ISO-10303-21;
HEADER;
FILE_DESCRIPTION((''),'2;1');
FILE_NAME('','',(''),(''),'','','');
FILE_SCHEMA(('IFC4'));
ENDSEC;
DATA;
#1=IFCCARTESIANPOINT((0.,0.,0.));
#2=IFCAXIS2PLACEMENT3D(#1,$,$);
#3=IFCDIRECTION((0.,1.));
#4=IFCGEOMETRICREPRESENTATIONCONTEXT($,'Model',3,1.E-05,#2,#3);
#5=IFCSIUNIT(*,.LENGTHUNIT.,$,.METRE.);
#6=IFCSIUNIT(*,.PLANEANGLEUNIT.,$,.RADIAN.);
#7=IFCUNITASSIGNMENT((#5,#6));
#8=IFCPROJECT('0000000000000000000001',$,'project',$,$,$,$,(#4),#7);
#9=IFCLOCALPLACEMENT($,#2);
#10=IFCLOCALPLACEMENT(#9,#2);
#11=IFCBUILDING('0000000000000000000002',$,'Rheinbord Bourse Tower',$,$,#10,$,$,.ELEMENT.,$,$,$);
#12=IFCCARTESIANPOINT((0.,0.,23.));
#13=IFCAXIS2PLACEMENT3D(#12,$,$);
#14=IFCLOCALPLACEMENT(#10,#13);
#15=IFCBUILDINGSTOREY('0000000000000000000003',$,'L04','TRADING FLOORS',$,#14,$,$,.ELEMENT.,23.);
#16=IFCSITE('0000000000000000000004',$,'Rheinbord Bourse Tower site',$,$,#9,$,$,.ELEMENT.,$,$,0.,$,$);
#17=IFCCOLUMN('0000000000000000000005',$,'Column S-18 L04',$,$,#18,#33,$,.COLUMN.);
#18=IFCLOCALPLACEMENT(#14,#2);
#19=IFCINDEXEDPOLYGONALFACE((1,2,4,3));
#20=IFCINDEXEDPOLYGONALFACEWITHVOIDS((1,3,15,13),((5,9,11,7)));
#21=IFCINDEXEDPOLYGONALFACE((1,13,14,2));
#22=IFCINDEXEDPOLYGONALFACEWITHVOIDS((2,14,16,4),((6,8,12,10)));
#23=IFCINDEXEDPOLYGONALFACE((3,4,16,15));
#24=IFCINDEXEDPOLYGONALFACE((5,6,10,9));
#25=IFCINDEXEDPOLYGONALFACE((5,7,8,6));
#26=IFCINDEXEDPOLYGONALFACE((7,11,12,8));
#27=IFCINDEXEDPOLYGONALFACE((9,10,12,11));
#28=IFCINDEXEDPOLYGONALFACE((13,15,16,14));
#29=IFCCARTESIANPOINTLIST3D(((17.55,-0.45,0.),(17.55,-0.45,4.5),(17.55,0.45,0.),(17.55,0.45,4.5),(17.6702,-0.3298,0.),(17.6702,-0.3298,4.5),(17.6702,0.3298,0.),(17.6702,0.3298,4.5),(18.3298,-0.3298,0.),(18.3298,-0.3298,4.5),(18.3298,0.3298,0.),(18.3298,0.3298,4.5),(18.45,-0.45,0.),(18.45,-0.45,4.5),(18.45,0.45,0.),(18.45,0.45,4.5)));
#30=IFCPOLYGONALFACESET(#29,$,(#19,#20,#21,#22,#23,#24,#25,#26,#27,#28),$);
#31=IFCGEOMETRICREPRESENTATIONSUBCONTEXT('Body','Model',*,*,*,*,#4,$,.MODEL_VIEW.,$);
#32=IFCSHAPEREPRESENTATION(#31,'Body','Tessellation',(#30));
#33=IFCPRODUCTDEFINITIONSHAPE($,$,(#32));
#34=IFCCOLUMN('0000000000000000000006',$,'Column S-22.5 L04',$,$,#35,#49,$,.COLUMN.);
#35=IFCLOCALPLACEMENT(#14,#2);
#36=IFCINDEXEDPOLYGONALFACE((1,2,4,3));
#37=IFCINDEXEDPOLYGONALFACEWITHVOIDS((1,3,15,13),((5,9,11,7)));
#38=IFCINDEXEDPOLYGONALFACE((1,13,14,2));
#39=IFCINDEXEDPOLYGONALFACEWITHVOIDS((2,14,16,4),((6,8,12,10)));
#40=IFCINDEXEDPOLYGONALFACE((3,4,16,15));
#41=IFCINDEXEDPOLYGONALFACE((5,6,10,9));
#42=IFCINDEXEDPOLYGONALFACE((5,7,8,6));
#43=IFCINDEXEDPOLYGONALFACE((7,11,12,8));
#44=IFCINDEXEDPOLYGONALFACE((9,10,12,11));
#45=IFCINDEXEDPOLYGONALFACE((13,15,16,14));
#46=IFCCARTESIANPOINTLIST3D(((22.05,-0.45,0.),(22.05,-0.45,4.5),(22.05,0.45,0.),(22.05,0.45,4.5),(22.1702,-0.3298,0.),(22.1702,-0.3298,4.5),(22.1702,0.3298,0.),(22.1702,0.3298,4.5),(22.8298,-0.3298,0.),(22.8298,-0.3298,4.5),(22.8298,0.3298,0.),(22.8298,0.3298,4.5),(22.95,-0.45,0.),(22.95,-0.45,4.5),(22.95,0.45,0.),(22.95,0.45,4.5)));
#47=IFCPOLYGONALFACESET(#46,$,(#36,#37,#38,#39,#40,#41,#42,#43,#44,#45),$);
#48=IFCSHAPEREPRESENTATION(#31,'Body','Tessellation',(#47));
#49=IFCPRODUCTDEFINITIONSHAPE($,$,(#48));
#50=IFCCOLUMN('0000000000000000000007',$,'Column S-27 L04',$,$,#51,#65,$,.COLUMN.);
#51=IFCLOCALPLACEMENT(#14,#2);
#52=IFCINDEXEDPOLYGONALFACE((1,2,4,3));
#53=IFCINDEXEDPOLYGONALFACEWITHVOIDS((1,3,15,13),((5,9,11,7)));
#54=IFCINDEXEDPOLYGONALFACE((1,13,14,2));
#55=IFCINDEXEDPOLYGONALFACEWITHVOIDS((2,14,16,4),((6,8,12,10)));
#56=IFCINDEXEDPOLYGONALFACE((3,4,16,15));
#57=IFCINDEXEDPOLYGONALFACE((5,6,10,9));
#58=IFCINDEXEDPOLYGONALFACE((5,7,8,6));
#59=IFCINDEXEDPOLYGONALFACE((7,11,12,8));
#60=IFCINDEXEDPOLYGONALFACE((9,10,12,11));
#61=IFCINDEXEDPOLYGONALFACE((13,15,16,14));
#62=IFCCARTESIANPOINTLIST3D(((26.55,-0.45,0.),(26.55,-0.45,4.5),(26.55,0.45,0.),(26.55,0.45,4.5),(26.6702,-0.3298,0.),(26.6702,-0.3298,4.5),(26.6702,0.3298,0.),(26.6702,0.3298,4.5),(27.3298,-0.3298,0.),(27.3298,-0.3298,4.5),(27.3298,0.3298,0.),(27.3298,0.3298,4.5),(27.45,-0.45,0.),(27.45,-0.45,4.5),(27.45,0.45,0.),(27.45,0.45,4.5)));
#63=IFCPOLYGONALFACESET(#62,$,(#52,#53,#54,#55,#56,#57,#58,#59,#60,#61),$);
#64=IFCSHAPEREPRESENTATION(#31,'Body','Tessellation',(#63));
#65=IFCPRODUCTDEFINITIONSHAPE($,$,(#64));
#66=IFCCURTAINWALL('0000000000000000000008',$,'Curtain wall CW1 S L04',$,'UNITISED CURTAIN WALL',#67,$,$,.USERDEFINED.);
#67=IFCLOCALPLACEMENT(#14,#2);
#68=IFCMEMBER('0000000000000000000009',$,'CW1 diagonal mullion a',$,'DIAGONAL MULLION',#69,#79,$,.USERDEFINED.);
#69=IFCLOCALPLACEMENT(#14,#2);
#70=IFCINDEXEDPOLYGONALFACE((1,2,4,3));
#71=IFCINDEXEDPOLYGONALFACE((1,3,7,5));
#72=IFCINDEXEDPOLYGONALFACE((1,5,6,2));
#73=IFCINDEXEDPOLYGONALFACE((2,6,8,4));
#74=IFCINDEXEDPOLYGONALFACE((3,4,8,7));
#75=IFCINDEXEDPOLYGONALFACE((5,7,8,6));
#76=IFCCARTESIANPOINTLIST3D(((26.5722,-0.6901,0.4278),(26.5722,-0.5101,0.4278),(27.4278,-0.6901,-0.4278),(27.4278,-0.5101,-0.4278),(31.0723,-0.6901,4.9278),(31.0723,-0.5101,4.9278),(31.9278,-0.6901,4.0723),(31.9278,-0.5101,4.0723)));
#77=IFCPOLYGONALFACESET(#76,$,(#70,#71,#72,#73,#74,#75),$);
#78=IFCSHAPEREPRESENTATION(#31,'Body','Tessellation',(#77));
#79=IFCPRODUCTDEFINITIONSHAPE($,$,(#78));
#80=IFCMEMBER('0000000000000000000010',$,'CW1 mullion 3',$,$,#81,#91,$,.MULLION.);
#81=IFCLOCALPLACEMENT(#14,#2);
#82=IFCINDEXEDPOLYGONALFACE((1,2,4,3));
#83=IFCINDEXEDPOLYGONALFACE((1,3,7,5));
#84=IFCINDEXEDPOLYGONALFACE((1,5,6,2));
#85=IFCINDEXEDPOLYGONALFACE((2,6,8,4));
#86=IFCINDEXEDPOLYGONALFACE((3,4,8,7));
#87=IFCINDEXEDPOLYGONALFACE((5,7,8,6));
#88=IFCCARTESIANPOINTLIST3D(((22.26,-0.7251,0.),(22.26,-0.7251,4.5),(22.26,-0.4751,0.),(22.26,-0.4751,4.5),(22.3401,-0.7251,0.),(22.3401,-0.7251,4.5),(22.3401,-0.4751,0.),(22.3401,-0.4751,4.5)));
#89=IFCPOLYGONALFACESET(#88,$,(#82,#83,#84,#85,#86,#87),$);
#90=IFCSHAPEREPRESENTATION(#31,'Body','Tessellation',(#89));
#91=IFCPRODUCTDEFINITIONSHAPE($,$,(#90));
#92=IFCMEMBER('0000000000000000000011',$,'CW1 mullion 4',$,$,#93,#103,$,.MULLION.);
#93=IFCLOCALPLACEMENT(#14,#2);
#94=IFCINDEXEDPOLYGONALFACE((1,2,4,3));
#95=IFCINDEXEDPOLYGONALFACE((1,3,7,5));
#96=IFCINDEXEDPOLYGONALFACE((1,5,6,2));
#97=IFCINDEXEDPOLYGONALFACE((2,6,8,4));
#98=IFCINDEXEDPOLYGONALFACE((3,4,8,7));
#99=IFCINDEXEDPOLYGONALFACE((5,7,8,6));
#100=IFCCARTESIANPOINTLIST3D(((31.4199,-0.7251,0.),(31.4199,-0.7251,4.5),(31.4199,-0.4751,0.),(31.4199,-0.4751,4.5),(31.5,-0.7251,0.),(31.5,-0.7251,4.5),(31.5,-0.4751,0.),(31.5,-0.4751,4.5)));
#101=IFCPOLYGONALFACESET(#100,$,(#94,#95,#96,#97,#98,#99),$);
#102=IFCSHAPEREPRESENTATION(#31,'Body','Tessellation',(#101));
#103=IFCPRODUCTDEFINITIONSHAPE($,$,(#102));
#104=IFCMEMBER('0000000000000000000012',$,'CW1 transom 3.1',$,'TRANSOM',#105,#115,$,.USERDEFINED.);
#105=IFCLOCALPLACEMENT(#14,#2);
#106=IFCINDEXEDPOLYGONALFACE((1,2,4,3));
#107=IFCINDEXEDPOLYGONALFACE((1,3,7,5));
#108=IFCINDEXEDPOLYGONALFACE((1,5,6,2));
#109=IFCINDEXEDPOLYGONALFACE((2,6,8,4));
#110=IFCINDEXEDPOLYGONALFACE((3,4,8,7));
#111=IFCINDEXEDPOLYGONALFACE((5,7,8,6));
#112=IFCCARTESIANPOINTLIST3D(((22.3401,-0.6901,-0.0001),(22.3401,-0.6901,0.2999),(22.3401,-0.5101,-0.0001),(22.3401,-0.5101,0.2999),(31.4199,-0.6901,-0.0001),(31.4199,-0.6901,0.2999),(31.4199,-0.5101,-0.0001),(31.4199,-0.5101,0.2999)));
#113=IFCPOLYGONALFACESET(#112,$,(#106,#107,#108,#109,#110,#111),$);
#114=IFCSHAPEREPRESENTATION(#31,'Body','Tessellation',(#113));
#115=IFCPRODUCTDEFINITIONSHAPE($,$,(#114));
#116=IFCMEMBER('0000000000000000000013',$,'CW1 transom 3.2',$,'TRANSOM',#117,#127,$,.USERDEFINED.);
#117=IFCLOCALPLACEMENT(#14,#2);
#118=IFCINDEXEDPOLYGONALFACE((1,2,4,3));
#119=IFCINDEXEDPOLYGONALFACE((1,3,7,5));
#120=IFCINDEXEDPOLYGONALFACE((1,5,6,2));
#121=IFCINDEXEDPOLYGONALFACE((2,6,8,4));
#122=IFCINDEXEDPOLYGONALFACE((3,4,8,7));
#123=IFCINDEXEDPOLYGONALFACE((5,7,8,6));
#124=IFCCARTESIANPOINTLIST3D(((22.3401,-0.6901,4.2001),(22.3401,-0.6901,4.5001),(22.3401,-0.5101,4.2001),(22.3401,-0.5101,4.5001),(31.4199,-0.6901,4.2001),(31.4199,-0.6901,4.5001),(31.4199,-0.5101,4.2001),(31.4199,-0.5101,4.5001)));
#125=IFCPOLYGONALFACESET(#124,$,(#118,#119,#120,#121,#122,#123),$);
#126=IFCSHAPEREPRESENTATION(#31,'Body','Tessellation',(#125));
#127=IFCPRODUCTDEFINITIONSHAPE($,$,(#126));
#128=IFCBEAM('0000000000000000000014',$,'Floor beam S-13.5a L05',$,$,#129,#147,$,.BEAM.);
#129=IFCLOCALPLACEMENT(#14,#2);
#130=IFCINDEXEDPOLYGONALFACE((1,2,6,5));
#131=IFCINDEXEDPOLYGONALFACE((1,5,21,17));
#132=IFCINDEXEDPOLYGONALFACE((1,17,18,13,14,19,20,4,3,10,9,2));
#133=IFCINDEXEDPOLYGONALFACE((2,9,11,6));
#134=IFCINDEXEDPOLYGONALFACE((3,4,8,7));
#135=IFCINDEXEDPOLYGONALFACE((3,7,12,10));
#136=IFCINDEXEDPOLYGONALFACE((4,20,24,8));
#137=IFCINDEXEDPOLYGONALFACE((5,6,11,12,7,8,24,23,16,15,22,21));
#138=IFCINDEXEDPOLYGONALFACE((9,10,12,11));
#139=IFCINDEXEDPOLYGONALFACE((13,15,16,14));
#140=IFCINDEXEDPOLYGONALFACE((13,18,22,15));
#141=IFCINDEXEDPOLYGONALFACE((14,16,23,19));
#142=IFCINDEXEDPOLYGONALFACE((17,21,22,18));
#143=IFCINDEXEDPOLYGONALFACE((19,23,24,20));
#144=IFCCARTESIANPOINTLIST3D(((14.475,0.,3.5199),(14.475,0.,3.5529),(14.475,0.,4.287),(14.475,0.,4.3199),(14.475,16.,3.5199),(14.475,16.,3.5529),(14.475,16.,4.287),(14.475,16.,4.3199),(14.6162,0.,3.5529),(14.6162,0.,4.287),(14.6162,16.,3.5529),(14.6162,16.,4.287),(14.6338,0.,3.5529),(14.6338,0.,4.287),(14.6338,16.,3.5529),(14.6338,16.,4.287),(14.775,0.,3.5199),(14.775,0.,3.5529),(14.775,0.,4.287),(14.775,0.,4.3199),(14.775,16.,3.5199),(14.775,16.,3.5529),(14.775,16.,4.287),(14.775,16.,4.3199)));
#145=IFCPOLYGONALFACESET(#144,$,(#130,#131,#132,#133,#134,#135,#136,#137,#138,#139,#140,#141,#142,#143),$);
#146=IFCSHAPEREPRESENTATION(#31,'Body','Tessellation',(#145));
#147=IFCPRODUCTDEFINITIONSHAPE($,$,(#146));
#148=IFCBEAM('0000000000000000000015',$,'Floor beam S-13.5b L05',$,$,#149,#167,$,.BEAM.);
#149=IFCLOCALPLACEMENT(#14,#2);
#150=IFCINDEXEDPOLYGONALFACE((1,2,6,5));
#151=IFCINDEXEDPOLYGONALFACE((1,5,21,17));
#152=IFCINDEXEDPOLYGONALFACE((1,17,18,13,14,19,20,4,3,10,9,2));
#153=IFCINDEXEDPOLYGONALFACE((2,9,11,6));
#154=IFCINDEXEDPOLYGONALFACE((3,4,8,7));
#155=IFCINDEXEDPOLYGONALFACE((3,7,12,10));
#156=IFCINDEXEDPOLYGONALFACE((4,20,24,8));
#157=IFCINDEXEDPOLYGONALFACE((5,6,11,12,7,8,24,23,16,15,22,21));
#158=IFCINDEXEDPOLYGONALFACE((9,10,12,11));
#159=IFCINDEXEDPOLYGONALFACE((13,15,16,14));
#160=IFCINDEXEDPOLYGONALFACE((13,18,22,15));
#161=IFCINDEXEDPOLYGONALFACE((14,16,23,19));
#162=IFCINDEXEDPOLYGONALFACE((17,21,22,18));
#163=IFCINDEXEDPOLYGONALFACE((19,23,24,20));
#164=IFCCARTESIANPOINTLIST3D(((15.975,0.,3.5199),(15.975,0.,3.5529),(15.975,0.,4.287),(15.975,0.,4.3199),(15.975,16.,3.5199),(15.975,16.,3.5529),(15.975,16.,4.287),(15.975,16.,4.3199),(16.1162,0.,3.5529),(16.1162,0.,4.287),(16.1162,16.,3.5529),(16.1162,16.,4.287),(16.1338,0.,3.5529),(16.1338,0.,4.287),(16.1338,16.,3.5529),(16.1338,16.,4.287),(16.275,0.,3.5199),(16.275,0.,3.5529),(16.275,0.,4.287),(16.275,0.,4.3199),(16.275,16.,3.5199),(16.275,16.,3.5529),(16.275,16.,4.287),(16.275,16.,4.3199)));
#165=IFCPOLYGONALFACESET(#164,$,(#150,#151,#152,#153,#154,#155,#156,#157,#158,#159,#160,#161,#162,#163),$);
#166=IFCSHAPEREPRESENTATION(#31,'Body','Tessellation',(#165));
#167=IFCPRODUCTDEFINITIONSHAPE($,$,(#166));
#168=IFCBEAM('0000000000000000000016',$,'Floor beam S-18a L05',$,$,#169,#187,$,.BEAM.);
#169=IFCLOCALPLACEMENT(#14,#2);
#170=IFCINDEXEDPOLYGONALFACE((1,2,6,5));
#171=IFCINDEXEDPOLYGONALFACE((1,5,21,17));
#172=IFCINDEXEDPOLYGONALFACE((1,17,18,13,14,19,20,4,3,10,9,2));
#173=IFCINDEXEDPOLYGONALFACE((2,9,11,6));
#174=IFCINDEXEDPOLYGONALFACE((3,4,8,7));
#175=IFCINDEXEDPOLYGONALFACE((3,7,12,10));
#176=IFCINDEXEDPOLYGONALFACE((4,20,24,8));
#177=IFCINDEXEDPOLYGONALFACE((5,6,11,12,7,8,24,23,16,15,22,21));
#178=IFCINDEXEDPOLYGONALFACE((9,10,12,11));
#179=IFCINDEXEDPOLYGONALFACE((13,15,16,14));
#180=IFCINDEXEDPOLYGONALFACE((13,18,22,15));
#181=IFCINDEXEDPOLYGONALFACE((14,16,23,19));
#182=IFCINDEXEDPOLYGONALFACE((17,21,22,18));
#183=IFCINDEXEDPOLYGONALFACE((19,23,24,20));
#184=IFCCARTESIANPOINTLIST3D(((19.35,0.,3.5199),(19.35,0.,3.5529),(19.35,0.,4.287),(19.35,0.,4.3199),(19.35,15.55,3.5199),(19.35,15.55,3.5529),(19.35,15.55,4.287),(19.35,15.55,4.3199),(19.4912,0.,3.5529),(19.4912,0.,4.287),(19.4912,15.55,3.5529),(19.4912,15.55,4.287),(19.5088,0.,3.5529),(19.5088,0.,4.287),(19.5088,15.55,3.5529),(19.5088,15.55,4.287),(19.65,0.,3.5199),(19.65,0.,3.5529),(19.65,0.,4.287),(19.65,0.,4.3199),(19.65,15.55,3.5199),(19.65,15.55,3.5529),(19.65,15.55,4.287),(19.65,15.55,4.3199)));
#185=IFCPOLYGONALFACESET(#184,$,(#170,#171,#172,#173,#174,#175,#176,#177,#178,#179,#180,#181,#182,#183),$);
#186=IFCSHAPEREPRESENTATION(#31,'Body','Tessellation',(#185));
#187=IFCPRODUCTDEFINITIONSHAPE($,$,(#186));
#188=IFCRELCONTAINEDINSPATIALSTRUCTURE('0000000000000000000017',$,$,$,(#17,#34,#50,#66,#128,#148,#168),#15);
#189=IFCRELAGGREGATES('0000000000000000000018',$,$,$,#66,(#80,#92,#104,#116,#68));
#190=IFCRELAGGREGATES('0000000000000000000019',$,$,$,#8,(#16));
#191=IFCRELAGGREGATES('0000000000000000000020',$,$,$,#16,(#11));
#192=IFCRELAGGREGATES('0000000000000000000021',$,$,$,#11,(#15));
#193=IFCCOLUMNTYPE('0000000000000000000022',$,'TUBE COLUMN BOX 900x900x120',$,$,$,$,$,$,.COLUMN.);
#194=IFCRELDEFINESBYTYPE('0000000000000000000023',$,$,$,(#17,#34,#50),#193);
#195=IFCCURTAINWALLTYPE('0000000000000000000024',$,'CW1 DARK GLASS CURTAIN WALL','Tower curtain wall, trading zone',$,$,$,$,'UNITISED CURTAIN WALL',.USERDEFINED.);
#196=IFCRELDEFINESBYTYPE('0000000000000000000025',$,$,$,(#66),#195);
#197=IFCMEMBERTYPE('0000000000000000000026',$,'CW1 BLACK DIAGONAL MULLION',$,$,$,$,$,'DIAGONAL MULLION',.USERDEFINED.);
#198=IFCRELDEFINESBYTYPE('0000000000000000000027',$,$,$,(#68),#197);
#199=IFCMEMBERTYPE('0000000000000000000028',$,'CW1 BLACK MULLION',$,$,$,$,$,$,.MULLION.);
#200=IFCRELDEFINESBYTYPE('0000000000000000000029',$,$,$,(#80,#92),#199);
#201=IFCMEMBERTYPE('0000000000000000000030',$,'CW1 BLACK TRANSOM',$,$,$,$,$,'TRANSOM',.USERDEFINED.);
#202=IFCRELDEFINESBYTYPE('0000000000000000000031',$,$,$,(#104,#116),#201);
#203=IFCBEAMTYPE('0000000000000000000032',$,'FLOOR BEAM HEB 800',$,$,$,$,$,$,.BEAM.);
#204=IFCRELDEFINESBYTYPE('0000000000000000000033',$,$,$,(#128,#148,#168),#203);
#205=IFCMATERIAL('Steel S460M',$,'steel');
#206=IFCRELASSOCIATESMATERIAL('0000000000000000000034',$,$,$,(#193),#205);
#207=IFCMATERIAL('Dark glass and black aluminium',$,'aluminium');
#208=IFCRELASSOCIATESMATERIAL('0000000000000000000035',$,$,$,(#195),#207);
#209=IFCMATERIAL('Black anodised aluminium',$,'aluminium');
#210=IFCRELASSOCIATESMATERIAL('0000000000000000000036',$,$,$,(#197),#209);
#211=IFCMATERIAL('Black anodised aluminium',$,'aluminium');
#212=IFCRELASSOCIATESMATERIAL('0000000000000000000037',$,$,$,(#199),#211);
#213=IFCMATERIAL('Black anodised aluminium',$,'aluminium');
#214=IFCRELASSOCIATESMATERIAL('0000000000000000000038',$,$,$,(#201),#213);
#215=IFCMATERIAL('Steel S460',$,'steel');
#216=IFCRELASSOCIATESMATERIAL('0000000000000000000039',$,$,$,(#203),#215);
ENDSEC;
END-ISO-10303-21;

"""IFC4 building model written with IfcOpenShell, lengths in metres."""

from ifc_helpers import new_model, si_unit, direction, frame, origin, origin_2d, place, context, subcontext, project, spatial, rectangle, hollow_rectangle, i_section, extrude, material, material_profile, profile_set, type_object, element, aggregate, save


model = new_model("IFC4")

# Units and contexts
model_context = context("Model", 3, precision=1e-05, world=origin(), true_north=direction((0.0, 1.0)))
body_context = subcontext(model_context, "Body", "Model", "MODEL_VIEW")
ifc_project = project(units=[si_unit("LENGTHUNIT", "METRE"), si_unit("PLANEANGLEUNIT", "RADIAN")], contexts=[model_context])

# Site, building, storey
site_placement = place(None, origin())
site = spatial("IfcSite", under=ifc_project, at=site_placement, Name="Rheinbord Bourse Tower site", CompositionType="ELEMENT", RefElevation=0.0)
building_placement = place(site_placement, origin())
building = spatial("IfcBuilding", under=site, at=building_placement, Name="Rheinbord Bourse Tower", CompositionType="ELEMENT")
storey_placement = place(building_placement, frame((0.0, 0.0, 23.0)))
storey = spatial("IfcBuildingStorey", under=building, at=storey_placement, Name="L04", Description="TRADING FLOORS", CompositionType="ELEMENT", Elevation=23.0)

# Columns
ifc_material_1 = material(Name="Steel S460M", Category="steel")
ifc_material_profile_1 = material_profile(ifc_material_1, hollow_rectangle(XDim=0.8999, YDim=0.8999, WallThickness=0.1201, at=origin_2d()), Name="BOX 900x900x120")
ifc_profile_set_1 = profile_set([ifc_material_profile_1], Name="Steel S460M")
column_type = type_object("IfcColumnType", Name="TUBE COLUMN BOX 900x900x120", PredefinedType="COLUMN", material=ifc_profile_set_1)
for number, where, z_axis, x_axis, name in (
    (1, (18.0, 0.0, 0.0), (0.0, 0.0, 1.0), (0.0, 1.0, 0.0), "Column S-18 L04"),
    (2, (22.5, 0.0, 0.0), (0.0, 0.0, 1.0), (0.0, 1.0, 0.0), "Column S-22.5 L04"),
    (3, (27.0, 0.0, 0.0), (0.0, 0.0, 1.0), (0.0, 1.0, 0.0), "Column S-27 L04"),
):
    element("IfcColumn", number, at=place(storey_placement, frame(where, z_axis=z_axis, x_axis=x_axis)), inside=storey, type_object=column_type, Name=name, PredefinedType="COLUMN", context=body_context, shape_type="SweptSolid", body=[
        extrude(hollow_rectangle(XDim=0.8999, YDim=0.8999, WallThickness=0.1201, at=origin_2d()), origin(), (0.0, 0.0, 1.0), 4.5),
    ])

# Curtain wall, members
ifc_material_2 = material(Name="Dark glass and black aluminium", Category="aluminium")
curtain_wall_type = type_object("IfcCurtainWallType", Name="CW1 DARK GLASS CURTAIN WALL", Description="Tower curtain wall, trading zone", ElementType="UNITISED CURTAIN WALL", PredefinedType="USERDEFINED", material=ifc_material_2)
curtain_wall_placement = place(storey_placement, origin())
curtain_wall = element("IfcCurtainWall", 4, at=curtain_wall_placement, inside=storey, type_object=curtain_wall_type, Name="Curtain wall CW1 S L04", ObjectType="UNITISED CURTAIN WALL", PredefinedType="USERDEFINED")
ifc_material_3 = material(Name="Black anodised aluminium", Category="aluminium")
ifc_material_profile_2 = material_profile(ifc_material_3, rectangle(XDim=0.1799, YDim=1.21, at=origin_2d()), Name="CW1 DIAGONAL MULLION 1210x180")
ifc_profile_set_2 = profile_set([ifc_material_profile_2], Name="Black anodised aluminium")
member_type_1 = type_object("IfcMemberType", Name="CW1 BLACK DIAGONAL MULLION", ElementType="DIAGONAL MULLION", PredefinedType="USERDEFINED", material=ifc_profile_set_2)
member_1_placement = place(storey_placement, frame((27.0, -0.6001, 0.0), z_axis=(0.707107, 0.0, 0.707107), x_axis=(0.0, 1.0, 0.0)))
member_1 = element("IfcMember", 5, at=member_1_placement, type_object=member_type_1, Name="CW1 diagonal mullion a", ObjectType="DIAGONAL MULLION", PredefinedType="USERDEFINED", context=body_context, shape_type="SweptSolid", body=[
    extrude(rectangle(XDim=0.1799, YDim=1.21, at=origin_2d()), origin(), (0.0, 0.0, 1.0), 6.364),
])
ifc_material_4 = material(Name="Black anodised aluminium", Category="aluminium")
ifc_material_profile_3 = material_profile(ifc_material_4, rectangle(XDim=0.25, YDim=0.0801, at=origin_2d()), Name="CW1 MULLION 80x250")
ifc_profile_set_3 = profile_set([ifc_material_profile_3], Name="Black anodised aluminium")
member_type_2 = type_object("IfcMemberType", Name="CW1 BLACK MULLION", PredefinedType="MULLION", material=ifc_profile_set_3)
member_2_placement = place(storey_placement, frame((22.3, -0.6001, 0.0), z_axis=(0.0, 0.0, 1.0), x_axis=(0.0, 1.0, 0.0)))
member_2 = element("IfcMember", 6, at=member_2_placement, type_object=member_type_2, Name="CW1 mullion 3", PredefinedType="MULLION", context=body_context, shape_type="SweptSolid", body=[
    extrude(rectangle(XDim=0.25, YDim=0.0801, at=origin_2d()), origin(), (0.0, 0.0, 1.0), 4.5),
])
member_3_placement = place(storey_placement, frame((31.46, -0.6001, 0.0), z_axis=(0.0, 0.0, 1.0), x_axis=(0.0, 1.0, 0.0)))
member_3 = element("IfcMember", 7, at=member_3_placement, type_object=member_type_2, Name="CW1 mullion 4", PredefinedType="MULLION", context=body_context, shape_type="SweptSolid", body=[
    extrude(rectangle(XDim=0.25, YDim=0.0801, at=origin_2d()), origin(), (0.0, 0.0, 1.0), 4.5),
])
ifc_material_5 = material(Name="Black anodised aluminium", Category="aluminium")
ifc_material_profile_4 = material_profile(ifc_material_5, rectangle(XDim=0.1799, YDim=0.3, at=origin_2d()), Name="CW1 TRANSOM 300x180")
ifc_profile_set_4 = profile_set([ifc_material_profile_4], Name="Black anodised aluminium")
member_type_3 = type_object("IfcMemberType", Name="CW1 BLACK TRANSOM", ElementType="TRANSOM", PredefinedType="USERDEFINED", material=ifc_profile_set_4)
member_4_placement = place(storey_placement, frame((22.3401, -0.6001, 0.1499), z_axis=(1.0, 0.0, 0.0), x_axis=(0.0, 1.0, 0.0)))
member_4 = element("IfcMember", 8, at=member_4_placement, type_object=member_type_3, Name="CW1 transom 3.1", ObjectType="TRANSOM", PredefinedType="USERDEFINED", context=body_context, shape_type="SweptSolid", body=[
    extrude(rectangle(XDim=0.1799, YDim=0.3, at=origin_2d()), origin(), (0.0, 0.0, 1.0), 9.0798),
])
member_5_placement = place(storey_placement, frame((22.3401, -0.6001, 4.3501), z_axis=(1.0, 0.0, 0.0), x_axis=(0.0, 1.0, 0.0)))
member_5 = element("IfcMember", 9, at=member_5_placement, type_object=member_type_3, Name="CW1 transom 3.2", ObjectType="TRANSOM", PredefinedType="USERDEFINED", context=body_context, shape_type="SweptSolid", body=[
    extrude(rectangle(XDim=0.1799, YDim=0.3, at=origin_2d()), origin(), (0.0, 0.0, 1.0), 9.0798),
])

# Beams
ifc_material_6 = material(Name="Steel S460", Category="steel")
ifc_material_profile_5 = material_profile(ifc_material_6, i_section(OverallWidth=0.3, OverallDepth=0.8, WebThickness=0.0176, FlangeThickness=0.033, at=origin_2d()), Name="HEB 800")
ifc_profile_set_5 = profile_set([ifc_material_profile_5], Name="Steel S460")
beam_type_1 = type_object("IfcBeamType", Name="FLOOR BEAM HEB 800", PredefinedType="BEAM", material=ifc_profile_set_5)
for number, where, z_axis, x_axis, name in (
    (10, (14.625, 0.0, 3.9199), (0.0, 1.0, 0.0), (-1.0, 0.0, 0.0), "Floor beam S-13.5a L05"),
    (11, (16.125, 0.0, 3.9199), (0.0, 1.0, 0.0), (-1.0, 0.0, 0.0), "Floor beam S-13.5b L05"),
):
    element("IfcBeam", number, at=place(storey_placement, frame(where, z_axis=z_axis, x_axis=x_axis)), inside=storey, type_object=beam_type_1, Name=name, PredefinedType="BEAM", context=body_context, shape_type="SweptSolid", body=[
        extrude(i_section(OverallWidth=0.3, OverallDepth=0.8, WebThickness=0.0176, FlangeThickness=0.033, at=origin_2d()), origin(), (0.0, 0.0, 1.0), 16.0),
    ])
for number, where, z_axis, x_axis, name in (
    (12, (19.5, 0.0, 3.9199), (0.0, 1.0, 0.0), (-1.0, 0.0, 0.0), "Floor beam S-18a L05"),
):
    element("IfcBeam", number, at=place(storey_placement, frame(where, z_axis=z_axis, x_axis=x_axis)), inside=storey, type_object=beam_type_1, Name=name, PredefinedType="BEAM", context=body_context, shape_type="SweptSolid", body=[
        extrude(i_section(OverallWidth=0.3, OverallDepth=0.8, WebThickness=0.0176, FlangeThickness=0.033, at=origin_2d()), origin(), (0.0, 0.0, 1.0), 15.55),
    ])

aggregate(curtain_wall, [member_2, member_3, member_4, member_5, member_1])

save(model, "model.ifc")
